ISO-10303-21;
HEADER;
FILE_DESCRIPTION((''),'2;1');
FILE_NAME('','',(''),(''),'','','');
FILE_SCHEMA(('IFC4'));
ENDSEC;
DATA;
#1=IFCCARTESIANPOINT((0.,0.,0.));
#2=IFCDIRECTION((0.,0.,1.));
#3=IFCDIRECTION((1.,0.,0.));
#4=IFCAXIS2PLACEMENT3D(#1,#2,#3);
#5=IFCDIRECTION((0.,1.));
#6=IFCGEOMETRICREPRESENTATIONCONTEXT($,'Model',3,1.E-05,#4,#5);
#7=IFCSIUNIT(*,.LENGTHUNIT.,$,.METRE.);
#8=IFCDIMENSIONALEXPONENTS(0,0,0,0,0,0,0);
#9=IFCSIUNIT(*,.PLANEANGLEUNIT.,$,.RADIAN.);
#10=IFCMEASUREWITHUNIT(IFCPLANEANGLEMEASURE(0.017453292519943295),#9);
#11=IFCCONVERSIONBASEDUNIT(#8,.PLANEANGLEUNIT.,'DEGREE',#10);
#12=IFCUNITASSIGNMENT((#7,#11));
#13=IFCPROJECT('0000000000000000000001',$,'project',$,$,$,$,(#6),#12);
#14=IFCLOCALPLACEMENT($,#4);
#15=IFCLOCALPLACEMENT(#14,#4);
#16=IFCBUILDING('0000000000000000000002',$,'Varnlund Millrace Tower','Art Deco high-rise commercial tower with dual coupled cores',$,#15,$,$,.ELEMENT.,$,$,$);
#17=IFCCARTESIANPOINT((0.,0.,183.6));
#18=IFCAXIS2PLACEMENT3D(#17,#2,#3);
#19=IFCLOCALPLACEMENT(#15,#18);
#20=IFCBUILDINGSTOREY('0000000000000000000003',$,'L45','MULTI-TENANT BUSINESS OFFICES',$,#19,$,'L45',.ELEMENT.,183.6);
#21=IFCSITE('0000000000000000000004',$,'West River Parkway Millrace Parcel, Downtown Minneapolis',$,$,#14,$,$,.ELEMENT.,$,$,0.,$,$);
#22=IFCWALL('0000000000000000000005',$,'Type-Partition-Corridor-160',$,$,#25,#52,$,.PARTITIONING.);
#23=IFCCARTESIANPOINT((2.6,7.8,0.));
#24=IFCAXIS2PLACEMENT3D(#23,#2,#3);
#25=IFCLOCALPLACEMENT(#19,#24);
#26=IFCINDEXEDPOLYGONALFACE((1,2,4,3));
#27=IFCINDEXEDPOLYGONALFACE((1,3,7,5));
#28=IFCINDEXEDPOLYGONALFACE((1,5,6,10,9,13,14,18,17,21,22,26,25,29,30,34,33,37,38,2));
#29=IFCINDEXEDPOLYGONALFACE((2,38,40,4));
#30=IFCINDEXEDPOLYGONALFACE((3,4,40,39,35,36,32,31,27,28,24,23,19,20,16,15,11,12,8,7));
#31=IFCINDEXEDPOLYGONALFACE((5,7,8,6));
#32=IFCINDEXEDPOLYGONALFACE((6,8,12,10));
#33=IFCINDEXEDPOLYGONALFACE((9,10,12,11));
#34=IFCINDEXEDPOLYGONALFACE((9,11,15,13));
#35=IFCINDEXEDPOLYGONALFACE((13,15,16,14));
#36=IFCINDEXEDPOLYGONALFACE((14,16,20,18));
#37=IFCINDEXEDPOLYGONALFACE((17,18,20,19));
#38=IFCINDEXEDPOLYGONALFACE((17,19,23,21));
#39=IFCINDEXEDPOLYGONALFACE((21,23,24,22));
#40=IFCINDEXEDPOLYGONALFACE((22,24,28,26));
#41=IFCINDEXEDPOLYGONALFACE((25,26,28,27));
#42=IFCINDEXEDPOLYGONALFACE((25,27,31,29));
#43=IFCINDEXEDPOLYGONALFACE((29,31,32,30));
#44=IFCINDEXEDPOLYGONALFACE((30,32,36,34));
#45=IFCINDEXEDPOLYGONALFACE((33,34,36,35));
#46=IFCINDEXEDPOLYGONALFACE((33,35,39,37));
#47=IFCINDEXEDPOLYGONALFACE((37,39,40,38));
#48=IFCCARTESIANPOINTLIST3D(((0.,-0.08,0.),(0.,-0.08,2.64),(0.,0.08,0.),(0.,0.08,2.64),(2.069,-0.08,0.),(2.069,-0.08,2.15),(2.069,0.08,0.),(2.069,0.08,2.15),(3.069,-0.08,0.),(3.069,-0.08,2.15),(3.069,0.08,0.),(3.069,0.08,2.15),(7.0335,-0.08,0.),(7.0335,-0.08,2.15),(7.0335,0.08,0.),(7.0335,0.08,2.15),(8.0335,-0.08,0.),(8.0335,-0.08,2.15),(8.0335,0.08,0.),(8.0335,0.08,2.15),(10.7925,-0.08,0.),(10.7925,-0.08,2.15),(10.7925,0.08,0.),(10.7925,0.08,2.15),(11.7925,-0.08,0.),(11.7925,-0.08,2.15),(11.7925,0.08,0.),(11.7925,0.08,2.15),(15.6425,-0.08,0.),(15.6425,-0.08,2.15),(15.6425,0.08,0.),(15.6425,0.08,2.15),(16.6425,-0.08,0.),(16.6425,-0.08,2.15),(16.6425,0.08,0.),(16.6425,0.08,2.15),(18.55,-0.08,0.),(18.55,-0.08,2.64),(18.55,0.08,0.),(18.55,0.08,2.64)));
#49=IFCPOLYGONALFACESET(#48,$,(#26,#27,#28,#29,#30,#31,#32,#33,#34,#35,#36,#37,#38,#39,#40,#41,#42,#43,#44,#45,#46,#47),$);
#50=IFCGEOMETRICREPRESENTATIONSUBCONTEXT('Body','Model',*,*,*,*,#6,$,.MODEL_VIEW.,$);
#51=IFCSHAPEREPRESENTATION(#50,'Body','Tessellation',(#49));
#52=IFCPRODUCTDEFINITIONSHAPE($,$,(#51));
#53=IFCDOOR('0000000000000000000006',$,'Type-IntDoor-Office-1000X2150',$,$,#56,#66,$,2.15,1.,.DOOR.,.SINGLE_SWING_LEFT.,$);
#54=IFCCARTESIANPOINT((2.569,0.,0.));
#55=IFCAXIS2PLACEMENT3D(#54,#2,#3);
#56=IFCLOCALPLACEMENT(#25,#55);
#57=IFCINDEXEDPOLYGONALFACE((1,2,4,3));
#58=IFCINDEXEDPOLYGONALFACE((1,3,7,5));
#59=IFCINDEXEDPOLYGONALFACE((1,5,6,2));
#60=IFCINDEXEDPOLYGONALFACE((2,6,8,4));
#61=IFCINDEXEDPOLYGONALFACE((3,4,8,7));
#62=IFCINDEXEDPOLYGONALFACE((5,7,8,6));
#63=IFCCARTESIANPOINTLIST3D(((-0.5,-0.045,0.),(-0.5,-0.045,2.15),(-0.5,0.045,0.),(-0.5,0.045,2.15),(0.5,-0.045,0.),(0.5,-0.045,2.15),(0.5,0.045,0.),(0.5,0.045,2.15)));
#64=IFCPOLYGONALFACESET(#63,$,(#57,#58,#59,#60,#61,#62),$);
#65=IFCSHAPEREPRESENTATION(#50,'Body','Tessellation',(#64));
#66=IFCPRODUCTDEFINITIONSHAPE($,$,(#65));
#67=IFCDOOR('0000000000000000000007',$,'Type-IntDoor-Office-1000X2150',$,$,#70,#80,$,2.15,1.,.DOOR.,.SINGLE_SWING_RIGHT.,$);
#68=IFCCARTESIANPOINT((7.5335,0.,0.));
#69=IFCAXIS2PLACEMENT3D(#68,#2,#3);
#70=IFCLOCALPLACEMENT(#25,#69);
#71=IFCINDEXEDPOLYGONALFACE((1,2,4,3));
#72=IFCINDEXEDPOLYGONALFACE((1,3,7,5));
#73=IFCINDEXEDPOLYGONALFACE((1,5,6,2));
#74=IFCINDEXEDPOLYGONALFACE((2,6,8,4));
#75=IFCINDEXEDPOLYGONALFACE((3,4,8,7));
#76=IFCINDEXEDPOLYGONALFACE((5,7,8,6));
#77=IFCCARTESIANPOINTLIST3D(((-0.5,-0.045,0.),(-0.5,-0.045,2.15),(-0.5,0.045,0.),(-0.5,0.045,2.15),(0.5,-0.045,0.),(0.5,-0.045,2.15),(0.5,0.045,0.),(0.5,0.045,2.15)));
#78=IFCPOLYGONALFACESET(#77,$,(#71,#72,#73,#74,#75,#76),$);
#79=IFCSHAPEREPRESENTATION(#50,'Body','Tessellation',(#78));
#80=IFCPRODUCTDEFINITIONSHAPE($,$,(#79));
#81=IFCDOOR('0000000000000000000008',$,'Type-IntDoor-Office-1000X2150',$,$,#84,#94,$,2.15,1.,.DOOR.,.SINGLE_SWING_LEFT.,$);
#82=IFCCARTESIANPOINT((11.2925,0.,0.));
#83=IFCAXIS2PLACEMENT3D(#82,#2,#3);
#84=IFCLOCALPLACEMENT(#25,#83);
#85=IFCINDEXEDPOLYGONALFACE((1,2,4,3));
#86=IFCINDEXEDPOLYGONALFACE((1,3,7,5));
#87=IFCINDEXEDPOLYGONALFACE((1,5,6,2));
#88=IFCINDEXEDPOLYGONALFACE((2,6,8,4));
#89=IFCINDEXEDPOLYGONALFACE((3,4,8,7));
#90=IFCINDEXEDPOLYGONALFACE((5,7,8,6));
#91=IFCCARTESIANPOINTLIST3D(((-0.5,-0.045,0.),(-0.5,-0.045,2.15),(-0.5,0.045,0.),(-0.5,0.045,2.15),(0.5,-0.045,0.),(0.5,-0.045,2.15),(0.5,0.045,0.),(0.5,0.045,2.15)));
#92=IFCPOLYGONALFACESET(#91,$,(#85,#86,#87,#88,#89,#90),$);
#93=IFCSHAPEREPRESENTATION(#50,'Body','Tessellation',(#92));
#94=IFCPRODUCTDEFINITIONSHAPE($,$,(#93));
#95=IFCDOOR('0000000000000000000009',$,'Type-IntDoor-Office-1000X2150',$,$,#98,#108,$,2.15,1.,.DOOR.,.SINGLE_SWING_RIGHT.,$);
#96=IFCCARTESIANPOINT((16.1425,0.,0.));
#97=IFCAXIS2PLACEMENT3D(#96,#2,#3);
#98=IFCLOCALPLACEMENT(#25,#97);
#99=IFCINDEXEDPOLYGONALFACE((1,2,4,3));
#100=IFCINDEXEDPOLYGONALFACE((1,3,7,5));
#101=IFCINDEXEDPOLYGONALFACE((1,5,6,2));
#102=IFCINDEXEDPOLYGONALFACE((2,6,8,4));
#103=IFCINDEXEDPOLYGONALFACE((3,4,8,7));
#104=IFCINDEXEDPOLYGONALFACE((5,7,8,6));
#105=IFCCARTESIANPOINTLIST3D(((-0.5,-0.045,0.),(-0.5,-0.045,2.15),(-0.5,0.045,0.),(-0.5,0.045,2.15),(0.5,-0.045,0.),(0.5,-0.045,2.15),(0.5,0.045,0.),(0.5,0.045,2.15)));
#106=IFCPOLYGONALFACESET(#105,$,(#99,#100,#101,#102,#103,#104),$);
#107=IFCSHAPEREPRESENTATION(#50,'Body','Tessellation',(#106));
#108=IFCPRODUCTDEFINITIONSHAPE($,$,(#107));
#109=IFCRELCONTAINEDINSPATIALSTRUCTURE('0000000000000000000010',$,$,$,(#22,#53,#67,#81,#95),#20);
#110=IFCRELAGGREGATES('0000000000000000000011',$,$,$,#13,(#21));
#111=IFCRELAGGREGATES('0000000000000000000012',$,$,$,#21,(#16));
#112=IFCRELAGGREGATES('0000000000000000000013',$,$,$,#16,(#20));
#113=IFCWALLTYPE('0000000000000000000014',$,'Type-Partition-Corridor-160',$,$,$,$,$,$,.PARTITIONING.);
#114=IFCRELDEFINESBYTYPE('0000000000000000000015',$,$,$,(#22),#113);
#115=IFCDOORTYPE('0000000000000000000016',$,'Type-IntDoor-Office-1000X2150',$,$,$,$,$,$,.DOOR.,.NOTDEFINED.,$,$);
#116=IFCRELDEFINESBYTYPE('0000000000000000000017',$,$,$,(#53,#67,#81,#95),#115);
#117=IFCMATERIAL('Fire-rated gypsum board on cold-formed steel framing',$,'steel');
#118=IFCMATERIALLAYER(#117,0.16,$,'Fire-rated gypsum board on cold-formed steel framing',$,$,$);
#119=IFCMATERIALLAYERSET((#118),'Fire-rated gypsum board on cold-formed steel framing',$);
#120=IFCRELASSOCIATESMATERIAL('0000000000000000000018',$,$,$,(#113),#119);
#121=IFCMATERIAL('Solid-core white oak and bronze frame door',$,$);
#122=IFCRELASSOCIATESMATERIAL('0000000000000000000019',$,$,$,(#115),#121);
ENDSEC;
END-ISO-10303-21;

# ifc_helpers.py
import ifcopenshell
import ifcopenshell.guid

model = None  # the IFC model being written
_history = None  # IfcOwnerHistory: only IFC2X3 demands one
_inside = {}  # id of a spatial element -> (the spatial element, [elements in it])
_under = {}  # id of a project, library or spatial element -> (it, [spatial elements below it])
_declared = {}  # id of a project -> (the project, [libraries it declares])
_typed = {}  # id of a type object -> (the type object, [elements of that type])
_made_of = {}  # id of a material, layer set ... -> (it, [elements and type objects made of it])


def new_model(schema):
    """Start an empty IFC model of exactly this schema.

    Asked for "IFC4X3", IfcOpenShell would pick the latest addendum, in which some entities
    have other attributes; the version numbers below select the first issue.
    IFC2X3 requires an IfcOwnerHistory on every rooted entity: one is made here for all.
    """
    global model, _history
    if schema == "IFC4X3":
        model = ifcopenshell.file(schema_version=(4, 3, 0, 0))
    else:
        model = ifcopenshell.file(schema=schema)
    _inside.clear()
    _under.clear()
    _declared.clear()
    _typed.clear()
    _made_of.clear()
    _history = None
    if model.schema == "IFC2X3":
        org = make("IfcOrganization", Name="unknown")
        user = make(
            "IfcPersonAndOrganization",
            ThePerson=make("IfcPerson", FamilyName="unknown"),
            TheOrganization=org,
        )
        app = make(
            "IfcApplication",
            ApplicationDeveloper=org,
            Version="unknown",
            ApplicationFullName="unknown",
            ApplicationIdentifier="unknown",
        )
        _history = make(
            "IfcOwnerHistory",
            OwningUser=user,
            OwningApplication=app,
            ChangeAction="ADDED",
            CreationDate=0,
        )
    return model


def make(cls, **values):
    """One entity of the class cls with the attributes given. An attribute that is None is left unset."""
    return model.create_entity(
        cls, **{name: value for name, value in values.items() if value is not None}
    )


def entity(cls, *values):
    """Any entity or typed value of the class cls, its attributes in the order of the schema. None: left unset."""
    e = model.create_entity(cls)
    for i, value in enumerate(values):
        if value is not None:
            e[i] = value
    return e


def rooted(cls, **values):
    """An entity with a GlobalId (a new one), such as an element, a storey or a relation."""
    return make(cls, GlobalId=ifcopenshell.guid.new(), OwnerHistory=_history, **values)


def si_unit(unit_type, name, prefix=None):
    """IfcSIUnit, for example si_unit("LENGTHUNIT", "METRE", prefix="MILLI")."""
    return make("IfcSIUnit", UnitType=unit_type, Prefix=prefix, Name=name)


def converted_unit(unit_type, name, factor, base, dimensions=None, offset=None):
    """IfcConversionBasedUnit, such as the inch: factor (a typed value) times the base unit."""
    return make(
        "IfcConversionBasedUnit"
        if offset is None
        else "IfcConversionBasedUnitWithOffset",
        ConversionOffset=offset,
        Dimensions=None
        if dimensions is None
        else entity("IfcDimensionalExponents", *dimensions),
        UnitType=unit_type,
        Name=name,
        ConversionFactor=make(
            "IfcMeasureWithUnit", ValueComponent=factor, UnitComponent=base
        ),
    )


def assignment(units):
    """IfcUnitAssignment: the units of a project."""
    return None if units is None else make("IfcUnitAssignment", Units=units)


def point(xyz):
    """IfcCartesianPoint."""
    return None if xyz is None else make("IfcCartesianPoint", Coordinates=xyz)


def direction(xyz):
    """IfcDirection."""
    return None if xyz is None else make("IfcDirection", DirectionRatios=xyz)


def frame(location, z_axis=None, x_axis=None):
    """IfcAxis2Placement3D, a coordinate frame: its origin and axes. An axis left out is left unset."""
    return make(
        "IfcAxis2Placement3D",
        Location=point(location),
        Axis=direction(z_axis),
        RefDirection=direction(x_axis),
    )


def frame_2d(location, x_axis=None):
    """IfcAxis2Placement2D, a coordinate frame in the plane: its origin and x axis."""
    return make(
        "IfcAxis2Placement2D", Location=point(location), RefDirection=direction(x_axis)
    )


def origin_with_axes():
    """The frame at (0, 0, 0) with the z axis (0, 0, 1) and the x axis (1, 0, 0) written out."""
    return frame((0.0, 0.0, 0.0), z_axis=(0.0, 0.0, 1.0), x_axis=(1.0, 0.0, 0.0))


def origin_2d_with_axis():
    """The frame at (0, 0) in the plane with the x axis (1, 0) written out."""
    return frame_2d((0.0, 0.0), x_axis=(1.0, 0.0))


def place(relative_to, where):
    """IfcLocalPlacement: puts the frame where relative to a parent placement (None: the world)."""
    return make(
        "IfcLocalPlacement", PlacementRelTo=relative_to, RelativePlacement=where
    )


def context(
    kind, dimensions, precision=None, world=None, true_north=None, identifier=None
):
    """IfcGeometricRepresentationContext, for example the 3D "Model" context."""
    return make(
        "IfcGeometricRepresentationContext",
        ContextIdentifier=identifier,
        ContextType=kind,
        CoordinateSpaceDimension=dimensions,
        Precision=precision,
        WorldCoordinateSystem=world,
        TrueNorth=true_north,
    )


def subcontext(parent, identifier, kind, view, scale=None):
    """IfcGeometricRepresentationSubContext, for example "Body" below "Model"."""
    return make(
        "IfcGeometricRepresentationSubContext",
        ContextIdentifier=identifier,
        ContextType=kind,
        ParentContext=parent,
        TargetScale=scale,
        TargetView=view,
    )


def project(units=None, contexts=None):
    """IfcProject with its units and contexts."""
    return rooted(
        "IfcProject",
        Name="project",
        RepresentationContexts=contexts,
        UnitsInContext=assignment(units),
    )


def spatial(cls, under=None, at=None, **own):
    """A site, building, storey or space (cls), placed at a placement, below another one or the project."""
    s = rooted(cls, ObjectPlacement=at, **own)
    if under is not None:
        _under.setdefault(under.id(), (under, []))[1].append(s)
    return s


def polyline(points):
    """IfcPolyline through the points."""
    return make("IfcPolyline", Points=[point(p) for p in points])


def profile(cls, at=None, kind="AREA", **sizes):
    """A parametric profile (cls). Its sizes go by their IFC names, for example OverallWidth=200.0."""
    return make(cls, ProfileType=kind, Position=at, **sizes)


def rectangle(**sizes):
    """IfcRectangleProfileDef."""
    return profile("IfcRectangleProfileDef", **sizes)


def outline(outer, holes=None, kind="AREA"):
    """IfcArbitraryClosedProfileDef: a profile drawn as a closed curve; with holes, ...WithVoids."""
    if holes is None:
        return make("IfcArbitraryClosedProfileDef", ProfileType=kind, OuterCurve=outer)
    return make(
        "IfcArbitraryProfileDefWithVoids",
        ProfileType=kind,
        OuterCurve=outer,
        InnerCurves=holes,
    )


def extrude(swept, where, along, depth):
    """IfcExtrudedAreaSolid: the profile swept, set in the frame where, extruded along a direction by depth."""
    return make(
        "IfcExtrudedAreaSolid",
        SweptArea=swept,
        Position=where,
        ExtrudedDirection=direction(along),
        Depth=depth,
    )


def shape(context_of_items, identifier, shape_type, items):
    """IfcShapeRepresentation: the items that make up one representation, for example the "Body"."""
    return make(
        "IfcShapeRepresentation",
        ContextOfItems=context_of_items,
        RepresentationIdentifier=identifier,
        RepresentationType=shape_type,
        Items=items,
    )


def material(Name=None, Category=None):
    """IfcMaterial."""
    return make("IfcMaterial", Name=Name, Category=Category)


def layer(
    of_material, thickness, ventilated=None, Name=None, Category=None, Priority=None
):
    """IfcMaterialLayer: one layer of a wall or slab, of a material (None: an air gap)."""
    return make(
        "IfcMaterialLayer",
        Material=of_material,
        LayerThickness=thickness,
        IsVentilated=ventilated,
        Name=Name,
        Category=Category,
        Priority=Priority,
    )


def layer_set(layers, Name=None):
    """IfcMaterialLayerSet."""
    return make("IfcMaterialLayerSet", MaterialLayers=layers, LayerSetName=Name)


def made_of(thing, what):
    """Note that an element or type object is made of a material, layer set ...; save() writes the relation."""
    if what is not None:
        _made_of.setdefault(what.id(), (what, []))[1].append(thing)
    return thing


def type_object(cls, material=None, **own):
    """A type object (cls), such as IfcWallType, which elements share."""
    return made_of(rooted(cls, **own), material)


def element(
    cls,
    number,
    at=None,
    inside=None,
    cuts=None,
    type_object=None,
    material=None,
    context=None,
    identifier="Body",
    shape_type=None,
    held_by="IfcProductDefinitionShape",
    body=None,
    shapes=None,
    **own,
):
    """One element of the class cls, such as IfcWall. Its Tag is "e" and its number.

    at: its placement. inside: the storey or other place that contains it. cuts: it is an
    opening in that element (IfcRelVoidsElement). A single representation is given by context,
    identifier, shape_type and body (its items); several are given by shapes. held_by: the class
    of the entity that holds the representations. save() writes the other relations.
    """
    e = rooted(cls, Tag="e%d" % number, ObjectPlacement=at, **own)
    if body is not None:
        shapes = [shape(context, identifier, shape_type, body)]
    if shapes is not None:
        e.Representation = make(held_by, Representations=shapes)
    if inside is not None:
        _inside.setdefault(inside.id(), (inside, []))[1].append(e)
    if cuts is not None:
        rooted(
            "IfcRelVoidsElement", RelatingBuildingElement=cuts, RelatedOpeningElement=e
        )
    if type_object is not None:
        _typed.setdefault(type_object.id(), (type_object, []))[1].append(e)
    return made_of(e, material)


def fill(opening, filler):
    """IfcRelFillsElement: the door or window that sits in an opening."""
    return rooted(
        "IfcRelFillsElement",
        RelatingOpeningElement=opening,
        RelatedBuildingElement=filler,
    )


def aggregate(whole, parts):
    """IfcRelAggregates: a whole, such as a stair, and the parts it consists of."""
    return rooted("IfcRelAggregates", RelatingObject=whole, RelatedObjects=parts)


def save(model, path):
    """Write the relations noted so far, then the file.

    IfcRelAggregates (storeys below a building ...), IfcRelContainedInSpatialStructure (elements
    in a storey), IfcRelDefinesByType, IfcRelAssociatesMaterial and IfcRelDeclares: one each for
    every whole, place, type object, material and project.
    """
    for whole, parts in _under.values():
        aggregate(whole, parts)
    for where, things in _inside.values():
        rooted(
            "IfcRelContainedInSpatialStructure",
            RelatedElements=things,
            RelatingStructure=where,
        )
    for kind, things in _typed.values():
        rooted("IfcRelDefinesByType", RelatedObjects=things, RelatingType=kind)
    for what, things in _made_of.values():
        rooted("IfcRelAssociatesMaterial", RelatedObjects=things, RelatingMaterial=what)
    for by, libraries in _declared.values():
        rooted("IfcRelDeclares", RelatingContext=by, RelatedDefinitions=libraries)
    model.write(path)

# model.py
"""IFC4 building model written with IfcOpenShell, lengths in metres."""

from ifc_helpers import new_model, entity, si_unit, converted_unit, direction, frame, origin_with_axes, origin_2d_with_axis, place, context, subcontext, project, spatial, polyline, rectangle, outline, extrude, material, layer, layer_set, type_object, element, fill, save


model = new_model("IFC4")

# Units and contexts
model_context = context("Model", 3, precision=1e-05, world=origin_with_axes(), true_north=direction((0.0, 1.0)))
body_context = subcontext(model_context, "Body", "Model", "MODEL_VIEW")
ifc_project = project(units=[si_unit("LENGTHUNIT", "METRE"), converted_unit("PLANEANGLEUNIT", "DEGREE", entity("IfcPlaneAngleMeasure", 0.017453292519943295), si_unit("PLANEANGLEUNIT", "RADIAN"), dimensions=[0, 0, 0, 0, 0, 0, 0])], contexts=[model_context])

# Site, building, storey
site_placement = place(None, origin_with_axes())
site = spatial("IfcSite", under=ifc_project, at=site_placement, Name="West River Parkway Millrace Parcel, Downtown Minneapolis", CompositionType="ELEMENT", RefElevation=0.0)
building_placement = place(site_placement, origin_with_axes())
building = spatial("IfcBuilding", under=site, at=building_placement, Name="Varnlund Millrace Tower", Description="Art Deco high-rise commercial tower with dual coupled cores", CompositionType="ELEMENT")
storey_placement = place(building_placement, frame((0.0, 0.0, 183.6), z_axis=(0.0, 0.0, 1.0), x_axis=(1.0, 0.0, 0.0)))
storey = spatial("IfcBuildingStorey", under=building, at=storey_placement, Name="L45", Description="MULTI-TENANT BUSINESS OFFICES", LongName="L45", CompositionType="ELEMENT", Elevation=183.6)

# Shared definitions
ifc_material_1 = material(Name="Fire-rated gypsum board on cold-formed steel framing", Category="steel")
ifc_layer_1 = layer(ifc_material_1, 0.16, Name="Fire-rated gypsum board on cold-formed steel framing")
ifc_layer_set_1 = layer_set([ifc_layer_1], Name="Fire-rated gypsum board on cold-formed steel framing")
wall_type_1 = type_object("IfcWallType", Name="Type-Partition-Corridor-160", PredefinedType="PARTITIONING", material=ifc_layer_set_1)

# Wall, openings, doors
wall_1_placement = place(storey_placement, frame((2.6, 7.8, 0.0), z_axis=(0.0, 0.0, 1.0), x_axis=(1.0, 0.0, 0.0)))
wall_1 = element("IfcWall", 1, at=wall_1_placement, inside=storey, type_object=wall_type_1, Name="Type-Partition-Corridor-160", PredefinedType="PARTITIONING", context=body_context, shape_type="SweptSolid", body=[
    extrude(outline(polyline([(0.0, -0.08), (18.55, -0.08), (18.55, 0.08), (0.0, 0.08), (0.0, -0.08)])), origin_with_axes(), (0.0, 0.0, 1.0), 2.64),
])
opening_1_placement = place(wall_1_placement, frame((2.569, 0.0, 0.0), z_axis=(0.0, 0.0, 1.0), x_axis=(1.0, 0.0, 0.0)))
opening_1 = element("IfcOpeningElement", 2, at=opening_1_placement, cuts=wall_1, PredefinedType="OPENING", context=body_context, shape_type="SweptSolid", body=[
    extrude(rectangle(XDim=1.0, YDim=0.18, at=origin_2d_with_axis()), origin_with_axes(), (0.0, 0.0, 1.0), 2.15),
])
opening_2_placement = place(wall_1_placement, frame((7.5335, 0.0, 0.0), z_axis=(0.0, 0.0, 1.0), x_axis=(1.0, 0.0, 0.0)))
opening_2 = element("IfcOpeningElement", 3, at=opening_2_placement, cuts=wall_1, PredefinedType="OPENING", context=body_context, shape_type="SweptSolid", body=[
    extrude(rectangle(XDim=1.0, YDim=0.18, at=origin_2d_with_axis()), origin_with_axes(), (0.0, 0.0, 1.0), 2.15),
])
opening_3_placement = place(wall_1_placement, frame((11.2925, 0.0, 0.0), z_axis=(0.0, 0.0, 1.0), x_axis=(1.0, 0.0, 0.0)))
opening_3 = element("IfcOpeningElement", 4, at=opening_3_placement, cuts=wall_1, PredefinedType="OPENING", context=body_context, shape_type="SweptSolid", body=[
    extrude(rectangle(XDim=1.0, YDim=0.18, at=origin_2d_with_axis()), origin_with_axes(), (0.0, 0.0, 1.0), 2.15),
])
opening_4_placement = place(wall_1_placement, frame((16.1425, 0.0, 0.0), z_axis=(0.0, 0.0, 1.0), x_axis=(1.0, 0.0, 0.0)))
opening_4 = element("IfcOpeningElement", 5, at=opening_4_placement, cuts=wall_1, PredefinedType="OPENING", context=body_context, shape_type="SweptSolid", body=[
    extrude(rectangle(XDim=1.0, YDim=0.18, at=origin_2d_with_axis()), origin_with_axes(), (0.0, 0.0, 1.0), 2.15),
])
ifc_material_2 = material(Name="Solid-core white oak and bronze frame door")
door_type_1 = type_object("IfcDoorType", Name="Type-IntDoor-Office-1000X2150", OperationType="NOTDEFINED", PredefinedType="DOOR", material=ifc_material_2)
door_1_placement = place(wall_1_placement, frame((2.569, 0.0, 0.0), z_axis=(0.0, 0.0, 1.0), x_axis=(1.0, 0.0, 0.0)))
door_1 = element("IfcDoor", 6, at=door_1_placement, inside=storey, type_object=door_type_1, Name="Type-IntDoor-Office-1000X2150", OperationType="SINGLE_SWING_LEFT", OverallHeight=2.15, OverallWidth=1.0, PredefinedType="DOOR", context=body_context, shape_type="SweptSolid", body=[
    extrude(rectangle(XDim=1.0, YDim=0.09, at=origin_2d_with_axis()), origin_with_axes(), (0.0, 0.0, 1.0), 2.15),
])
fill(opening_1, door_1)
door_2_placement = place(wall_1_placement, frame((7.5335, 0.0, 0.0), z_axis=(0.0, 0.0, 1.0), x_axis=(1.0, 0.0, 0.0)))
door_2 = element("IfcDoor", 7, at=door_2_placement, inside=storey, type_object=door_type_1, Name="Type-IntDoor-Office-1000X2150", OperationType="SINGLE_SWING_RIGHT", OverallHeight=2.15, OverallWidth=1.0, PredefinedType="DOOR", context=body_context, shape_type="SweptSolid", body=[
    extrude(rectangle(XDim=1.0, YDim=0.09, at=origin_2d_with_axis()), origin_with_axes(), (0.0, 0.0, 1.0), 2.15),
])
fill(opening_2, door_2)
door_3_placement = place(wall_1_placement, frame((11.2925, 0.0, 0.0), z_axis=(0.0, 0.0, 1.0), x_axis=(1.0, 0.0, 0.0)))
door_3 = element("IfcDoor", 8, at=door_3_placement, inside=storey, type_object=door_type_1, Name="Type-IntDoor-Office-1000X2150", OperationType="SINGLE_SWING_LEFT", OverallHeight=2.15, OverallWidth=1.0, PredefinedType="DOOR", context=body_context, shape_type="SweptSolid", body=[
    extrude(rectangle(XDim=1.0, YDim=0.09, at=origin_2d_with_axis()), origin_with_axes(), (0.0, 0.0, 1.0), 2.15),
])
fill(opening_3, door_3)
door_4_placement = place(wall_1_placement, frame((16.1425, 0.0, 0.0), z_axis=(0.0, 0.0, 1.0), x_axis=(1.0, 0.0, 0.0)))
door_4 = element("IfcDoor", 9, at=door_4_placement, inside=storey, type_object=door_type_1, Name="Type-IntDoor-Office-1000X2150", OperationType="SINGLE_SWING_RIGHT", OverallHeight=2.15, OverallWidth=1.0, PredefinedType="DOOR", context=body_context, shape_type="SweptSolid", body=[
    extrude(rectangle(XDim=1.0, YDim=0.09, at=origin_2d_with_axis()), origin_with_axes(), (0.0, 0.0, 1.0), 2.15),
])
fill(opening_4, door_4)

save(model, "model.ifc")
